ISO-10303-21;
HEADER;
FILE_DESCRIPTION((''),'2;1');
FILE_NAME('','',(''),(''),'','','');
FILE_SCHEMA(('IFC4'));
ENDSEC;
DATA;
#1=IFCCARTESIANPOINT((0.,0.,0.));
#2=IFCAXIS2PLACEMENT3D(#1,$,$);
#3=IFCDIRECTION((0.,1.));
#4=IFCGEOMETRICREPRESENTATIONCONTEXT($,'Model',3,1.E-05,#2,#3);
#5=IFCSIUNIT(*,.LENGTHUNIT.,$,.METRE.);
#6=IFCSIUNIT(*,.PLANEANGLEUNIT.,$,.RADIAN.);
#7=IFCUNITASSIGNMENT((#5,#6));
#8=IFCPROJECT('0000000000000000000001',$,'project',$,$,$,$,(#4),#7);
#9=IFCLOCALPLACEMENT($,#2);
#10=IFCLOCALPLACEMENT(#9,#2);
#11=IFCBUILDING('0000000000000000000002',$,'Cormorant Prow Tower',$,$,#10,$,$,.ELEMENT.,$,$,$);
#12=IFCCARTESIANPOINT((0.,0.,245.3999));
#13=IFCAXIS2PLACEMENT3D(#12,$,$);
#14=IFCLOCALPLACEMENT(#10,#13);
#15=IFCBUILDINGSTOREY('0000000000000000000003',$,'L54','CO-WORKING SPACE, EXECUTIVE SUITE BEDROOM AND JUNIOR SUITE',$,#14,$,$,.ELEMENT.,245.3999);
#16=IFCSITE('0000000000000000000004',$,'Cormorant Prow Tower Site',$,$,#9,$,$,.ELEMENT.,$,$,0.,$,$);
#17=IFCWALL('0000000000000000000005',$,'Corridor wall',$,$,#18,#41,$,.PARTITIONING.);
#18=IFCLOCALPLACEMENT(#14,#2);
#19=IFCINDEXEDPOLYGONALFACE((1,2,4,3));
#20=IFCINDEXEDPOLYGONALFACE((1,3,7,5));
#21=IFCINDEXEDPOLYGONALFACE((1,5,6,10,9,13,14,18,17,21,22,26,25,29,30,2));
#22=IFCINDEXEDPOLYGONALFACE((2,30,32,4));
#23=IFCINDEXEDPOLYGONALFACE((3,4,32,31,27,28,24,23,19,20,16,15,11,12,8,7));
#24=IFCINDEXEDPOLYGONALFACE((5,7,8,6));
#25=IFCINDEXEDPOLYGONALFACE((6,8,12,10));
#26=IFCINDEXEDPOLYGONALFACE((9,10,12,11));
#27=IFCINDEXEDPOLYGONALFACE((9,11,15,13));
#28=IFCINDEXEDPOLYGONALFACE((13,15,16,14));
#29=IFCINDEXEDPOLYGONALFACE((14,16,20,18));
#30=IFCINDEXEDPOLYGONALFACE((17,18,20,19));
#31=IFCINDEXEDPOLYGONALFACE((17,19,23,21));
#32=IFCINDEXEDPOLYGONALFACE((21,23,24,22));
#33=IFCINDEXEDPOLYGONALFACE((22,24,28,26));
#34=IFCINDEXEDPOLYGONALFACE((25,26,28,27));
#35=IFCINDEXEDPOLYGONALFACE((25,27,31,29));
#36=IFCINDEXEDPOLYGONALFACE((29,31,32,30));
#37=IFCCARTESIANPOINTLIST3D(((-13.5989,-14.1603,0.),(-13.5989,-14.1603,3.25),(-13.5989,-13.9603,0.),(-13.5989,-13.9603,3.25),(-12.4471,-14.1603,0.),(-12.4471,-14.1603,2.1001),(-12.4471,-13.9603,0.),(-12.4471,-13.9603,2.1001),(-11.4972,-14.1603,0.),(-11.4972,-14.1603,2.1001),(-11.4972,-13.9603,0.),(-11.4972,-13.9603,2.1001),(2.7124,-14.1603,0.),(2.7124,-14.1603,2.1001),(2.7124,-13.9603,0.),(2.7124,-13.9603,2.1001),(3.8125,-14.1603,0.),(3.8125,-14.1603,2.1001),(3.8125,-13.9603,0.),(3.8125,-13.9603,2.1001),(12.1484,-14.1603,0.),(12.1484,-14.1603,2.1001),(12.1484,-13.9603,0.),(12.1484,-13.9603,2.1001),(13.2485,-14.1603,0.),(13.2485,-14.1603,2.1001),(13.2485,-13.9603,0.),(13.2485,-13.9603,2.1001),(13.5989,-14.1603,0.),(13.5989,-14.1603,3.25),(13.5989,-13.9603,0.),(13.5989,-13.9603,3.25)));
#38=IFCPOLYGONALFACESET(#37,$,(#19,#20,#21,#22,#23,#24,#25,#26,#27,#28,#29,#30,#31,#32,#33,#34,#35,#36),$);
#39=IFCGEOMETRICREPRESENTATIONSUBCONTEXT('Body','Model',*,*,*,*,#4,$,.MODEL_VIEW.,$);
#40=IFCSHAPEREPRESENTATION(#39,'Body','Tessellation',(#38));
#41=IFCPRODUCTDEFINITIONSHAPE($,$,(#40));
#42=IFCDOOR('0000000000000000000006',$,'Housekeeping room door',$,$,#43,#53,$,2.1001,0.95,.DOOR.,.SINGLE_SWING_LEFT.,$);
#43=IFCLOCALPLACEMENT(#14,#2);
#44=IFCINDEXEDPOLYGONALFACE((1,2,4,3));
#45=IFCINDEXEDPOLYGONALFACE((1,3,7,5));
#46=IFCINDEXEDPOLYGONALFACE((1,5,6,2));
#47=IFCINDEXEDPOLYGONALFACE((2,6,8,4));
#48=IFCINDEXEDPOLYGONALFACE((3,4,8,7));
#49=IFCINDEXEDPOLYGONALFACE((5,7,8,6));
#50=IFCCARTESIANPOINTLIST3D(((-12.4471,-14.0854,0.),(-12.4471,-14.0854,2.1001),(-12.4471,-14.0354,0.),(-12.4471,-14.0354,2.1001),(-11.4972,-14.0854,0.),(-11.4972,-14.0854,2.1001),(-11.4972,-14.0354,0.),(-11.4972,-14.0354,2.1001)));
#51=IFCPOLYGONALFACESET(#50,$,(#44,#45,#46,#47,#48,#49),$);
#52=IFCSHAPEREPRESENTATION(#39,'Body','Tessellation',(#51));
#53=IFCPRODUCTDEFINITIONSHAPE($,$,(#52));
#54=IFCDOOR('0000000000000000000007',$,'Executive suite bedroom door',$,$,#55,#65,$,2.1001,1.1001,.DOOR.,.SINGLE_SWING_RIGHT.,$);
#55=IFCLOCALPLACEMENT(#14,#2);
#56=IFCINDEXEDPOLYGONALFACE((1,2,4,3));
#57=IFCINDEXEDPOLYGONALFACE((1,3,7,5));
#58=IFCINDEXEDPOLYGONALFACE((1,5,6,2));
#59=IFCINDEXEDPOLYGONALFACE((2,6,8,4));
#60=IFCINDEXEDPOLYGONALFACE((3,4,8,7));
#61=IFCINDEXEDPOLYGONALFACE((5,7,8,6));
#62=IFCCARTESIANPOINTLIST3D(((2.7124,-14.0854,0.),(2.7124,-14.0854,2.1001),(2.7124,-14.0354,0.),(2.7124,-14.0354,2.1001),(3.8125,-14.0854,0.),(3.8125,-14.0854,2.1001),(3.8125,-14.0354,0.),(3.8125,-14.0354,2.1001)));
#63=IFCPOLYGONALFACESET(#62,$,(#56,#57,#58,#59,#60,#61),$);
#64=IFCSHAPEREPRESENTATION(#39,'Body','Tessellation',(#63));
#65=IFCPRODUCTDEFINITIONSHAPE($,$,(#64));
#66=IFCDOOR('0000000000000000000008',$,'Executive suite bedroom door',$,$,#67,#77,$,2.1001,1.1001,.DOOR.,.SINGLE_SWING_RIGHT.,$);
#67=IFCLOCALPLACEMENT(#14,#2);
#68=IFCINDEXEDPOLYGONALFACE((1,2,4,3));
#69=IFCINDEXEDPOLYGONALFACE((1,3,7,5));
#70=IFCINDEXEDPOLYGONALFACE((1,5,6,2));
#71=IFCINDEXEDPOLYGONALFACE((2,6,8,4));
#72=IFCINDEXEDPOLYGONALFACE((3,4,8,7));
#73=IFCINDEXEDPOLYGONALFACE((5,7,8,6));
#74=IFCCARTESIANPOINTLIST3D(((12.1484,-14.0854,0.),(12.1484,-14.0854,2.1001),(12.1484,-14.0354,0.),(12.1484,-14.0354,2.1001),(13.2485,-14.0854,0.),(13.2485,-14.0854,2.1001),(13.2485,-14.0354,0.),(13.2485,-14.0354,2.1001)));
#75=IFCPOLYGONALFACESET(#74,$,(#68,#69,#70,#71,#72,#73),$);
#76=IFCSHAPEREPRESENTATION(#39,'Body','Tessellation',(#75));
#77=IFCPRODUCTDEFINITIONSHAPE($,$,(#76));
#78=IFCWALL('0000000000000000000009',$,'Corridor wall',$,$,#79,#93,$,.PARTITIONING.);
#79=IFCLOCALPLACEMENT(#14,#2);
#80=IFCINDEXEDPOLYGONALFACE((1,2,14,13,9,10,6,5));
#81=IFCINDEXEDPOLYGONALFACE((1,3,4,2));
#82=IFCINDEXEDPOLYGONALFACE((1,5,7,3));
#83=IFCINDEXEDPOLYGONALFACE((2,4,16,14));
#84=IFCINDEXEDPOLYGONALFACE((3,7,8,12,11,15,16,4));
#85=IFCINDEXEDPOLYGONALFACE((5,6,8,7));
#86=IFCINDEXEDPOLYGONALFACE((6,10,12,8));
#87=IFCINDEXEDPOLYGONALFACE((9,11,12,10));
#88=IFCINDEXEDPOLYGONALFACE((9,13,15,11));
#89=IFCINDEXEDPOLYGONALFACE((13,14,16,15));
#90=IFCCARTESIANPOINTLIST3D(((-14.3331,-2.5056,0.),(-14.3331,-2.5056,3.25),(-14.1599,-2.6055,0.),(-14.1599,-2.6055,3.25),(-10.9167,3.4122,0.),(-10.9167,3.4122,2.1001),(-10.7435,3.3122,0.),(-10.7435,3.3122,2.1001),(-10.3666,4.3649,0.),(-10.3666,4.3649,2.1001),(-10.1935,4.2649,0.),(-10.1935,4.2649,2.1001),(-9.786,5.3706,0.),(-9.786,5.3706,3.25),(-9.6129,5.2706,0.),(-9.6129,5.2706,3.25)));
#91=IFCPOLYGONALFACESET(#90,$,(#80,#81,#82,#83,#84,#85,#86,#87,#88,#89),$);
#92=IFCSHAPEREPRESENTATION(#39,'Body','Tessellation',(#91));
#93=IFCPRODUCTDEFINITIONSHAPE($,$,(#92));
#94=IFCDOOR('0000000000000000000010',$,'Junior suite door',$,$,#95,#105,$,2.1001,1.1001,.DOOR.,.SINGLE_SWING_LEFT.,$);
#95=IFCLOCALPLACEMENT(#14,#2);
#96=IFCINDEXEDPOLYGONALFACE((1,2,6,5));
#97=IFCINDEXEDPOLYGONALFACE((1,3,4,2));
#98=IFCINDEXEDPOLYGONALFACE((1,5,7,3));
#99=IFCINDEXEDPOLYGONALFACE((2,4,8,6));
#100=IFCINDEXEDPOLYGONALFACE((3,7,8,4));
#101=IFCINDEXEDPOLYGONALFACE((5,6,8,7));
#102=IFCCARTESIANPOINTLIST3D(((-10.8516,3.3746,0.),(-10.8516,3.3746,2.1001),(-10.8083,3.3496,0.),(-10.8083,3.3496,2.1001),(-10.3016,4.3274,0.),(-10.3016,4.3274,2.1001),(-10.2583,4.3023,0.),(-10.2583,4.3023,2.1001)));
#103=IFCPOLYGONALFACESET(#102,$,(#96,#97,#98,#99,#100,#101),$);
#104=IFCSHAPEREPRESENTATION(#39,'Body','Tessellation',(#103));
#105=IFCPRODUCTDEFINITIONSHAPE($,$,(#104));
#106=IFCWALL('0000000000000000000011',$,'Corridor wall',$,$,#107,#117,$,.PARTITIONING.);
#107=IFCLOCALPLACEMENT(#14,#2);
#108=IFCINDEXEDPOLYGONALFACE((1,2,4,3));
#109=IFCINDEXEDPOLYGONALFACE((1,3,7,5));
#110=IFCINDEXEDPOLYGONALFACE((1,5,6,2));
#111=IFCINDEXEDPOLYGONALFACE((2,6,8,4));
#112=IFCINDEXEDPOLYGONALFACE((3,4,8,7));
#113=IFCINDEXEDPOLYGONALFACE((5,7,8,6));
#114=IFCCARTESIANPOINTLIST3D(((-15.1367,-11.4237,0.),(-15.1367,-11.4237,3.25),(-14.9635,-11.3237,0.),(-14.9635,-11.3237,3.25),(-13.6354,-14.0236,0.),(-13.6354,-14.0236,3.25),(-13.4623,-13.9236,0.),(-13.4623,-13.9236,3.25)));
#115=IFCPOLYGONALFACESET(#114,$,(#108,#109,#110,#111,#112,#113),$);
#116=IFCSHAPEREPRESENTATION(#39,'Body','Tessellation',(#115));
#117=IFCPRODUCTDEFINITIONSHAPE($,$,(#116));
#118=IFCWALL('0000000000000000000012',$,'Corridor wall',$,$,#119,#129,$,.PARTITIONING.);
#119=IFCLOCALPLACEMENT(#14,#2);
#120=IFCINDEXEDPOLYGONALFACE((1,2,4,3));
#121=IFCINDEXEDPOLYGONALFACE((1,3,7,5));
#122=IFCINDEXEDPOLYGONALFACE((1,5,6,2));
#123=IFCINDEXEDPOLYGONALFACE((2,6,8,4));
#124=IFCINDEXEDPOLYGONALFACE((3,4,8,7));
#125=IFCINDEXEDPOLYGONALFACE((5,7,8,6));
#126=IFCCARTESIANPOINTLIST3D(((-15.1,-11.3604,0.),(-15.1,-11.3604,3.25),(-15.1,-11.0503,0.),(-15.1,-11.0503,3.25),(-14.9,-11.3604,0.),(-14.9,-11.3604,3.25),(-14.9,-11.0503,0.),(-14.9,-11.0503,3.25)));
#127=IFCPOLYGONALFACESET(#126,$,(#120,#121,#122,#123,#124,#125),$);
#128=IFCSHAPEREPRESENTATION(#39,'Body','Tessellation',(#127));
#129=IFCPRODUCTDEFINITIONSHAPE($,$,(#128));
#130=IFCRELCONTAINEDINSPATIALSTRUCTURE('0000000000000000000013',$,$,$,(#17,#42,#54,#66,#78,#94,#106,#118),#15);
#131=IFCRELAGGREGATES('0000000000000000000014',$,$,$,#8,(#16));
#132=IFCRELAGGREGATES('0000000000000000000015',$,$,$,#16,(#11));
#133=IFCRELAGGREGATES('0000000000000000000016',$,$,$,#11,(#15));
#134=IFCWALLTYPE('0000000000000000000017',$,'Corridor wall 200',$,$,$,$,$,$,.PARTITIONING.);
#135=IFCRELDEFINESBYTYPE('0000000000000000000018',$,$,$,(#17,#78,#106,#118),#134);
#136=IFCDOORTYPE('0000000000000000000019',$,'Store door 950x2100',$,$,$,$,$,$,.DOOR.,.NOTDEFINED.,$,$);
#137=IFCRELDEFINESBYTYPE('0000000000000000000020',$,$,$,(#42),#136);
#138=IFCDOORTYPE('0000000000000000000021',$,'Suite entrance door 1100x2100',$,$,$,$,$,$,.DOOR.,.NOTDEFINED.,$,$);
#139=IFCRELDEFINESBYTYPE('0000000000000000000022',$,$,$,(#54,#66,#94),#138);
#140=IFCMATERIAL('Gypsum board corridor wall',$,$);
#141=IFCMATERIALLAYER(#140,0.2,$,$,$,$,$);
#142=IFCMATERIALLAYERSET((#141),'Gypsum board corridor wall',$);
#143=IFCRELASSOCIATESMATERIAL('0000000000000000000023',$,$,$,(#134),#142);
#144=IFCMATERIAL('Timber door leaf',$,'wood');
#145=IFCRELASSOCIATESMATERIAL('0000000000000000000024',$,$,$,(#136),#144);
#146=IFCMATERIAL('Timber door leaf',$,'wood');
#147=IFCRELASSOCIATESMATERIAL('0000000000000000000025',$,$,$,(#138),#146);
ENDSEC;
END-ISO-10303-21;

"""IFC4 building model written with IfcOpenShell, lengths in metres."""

from ifc_helpers import new_model, si_unit, direction, frame, frame_2d, origin, place, context, subcontext, project, spatial, rectangle, extrude, material, layer, layer_set, type_object, element, fill, save


model = new_model("IFC4")

# Units and contexts
model_context = context("Model", 3, precision=1e-05, world=origin(), true_north=direction((0.0, 1.0)))
body_context = subcontext(model_context, "Body", "Model", "MODEL_VIEW")
ifc_project = project(units=[si_unit("LENGTHUNIT", "METRE"), si_unit("PLANEANGLEUNIT", "RADIAN")], contexts=[model_context])

# Site, building, storey
site_placement = place(None, origin())
site = spatial("IfcSite", under=ifc_project, at=site_placement, Name="Cormorant Prow Tower Site", CompositionType="ELEMENT", RefElevation=0.0)
building_placement = place(site_placement, origin())
building = spatial("IfcBuilding", under=site, at=building_placement, Name="Cormorant Prow Tower", CompositionType="ELEMENT")
storey_placement = place(building_placement, frame((0.0, 0.0, 245.3999)))
storey = spatial("IfcBuildingStorey", under=building, at=storey_placement, Name="L54", Description="CO-WORKING SPACE, EXECUTIVE SUITE BEDROOM AND JUNIOR SUITE", CompositionType="ELEMENT", Elevation=245.3999)

# Wall, openings, doors
ifc_material_1 = material(Name="Gypsum board corridor wall")
ifc_layer_1 = layer(ifc_material_1, 0.2)
ifc_layer_set_1 = layer_set([ifc_layer_1], Name="Gypsum board corridor wall")
wall_type_1 = type_object("IfcWallType", Name="Corridor wall 200", PredefinedType="PARTITIONING", material=ifc_layer_set_1)
wall_1_placement = place(storey_placement, frame((-13.5989, -14.0603, 0.0), z_axis=(0.0, 0.0, 1.0), x_axis=(1.0, 0.0, 0.0)))
wall_1 = element("IfcWall", 1, at=wall_1_placement, inside=storey, type_object=wall_type_1, Name="Corridor wall", PredefinedType="PARTITIONING", context=body_context, shape_type="SweptSolid", body=[
    extrude(rectangle(XDim=27.1978, YDim=0.2, at=frame_2d((13.5989, 0.0))), origin(), (0.0, 0.0, 1.0), 3.25),
])
opening_1_placement = place(wall_1_placement, frame((1.1516, 0.0, 0.0)))
opening_1 = element("IfcOpeningElement", 2, at=opening_1_placement, cuts=wall_1, PredefinedType="OPENING", context=body_context, shape_type="SweptSolid", body=[
    extrude(rectangle(XDim=0.95, YDim=2.1001, at=frame_2d((0.4751, 1.05))), frame((0.0, 0.1099, 0.0), z_axis=(0.0, -1.0, 0.0), x_axis=(1.0, 0.0, 0.0)), (0.0, 0.0, 1.0), 0.22),
])
opening_2_placement = place(wall_1_placement, frame((16.3113, 0.0, 0.0)))
opening_2 = element("IfcOpeningElement", 3, at=opening_2_placement, cuts=wall_1, PredefinedType="OPENING", context=body_context, shape_type="SweptSolid", body=[
    extrude(rectangle(XDim=1.1001, YDim=2.1001, at=frame_2d((0.55, 1.05))), frame((0.0, 0.1099, 0.0), z_axis=(0.0, -1.0, 0.0), x_axis=(1.0, 0.0, 0.0)), (0.0, 0.0, 1.0), 0.22),
])
opening_3_placement = place(wall_1_placement, frame((25.7473, 0.0, 0.0)))
opening_3 = element("IfcOpeningElement", 4, at=opening_3_placement, cuts=wall_1, PredefinedType="OPENING", context=body_context, shape_type="SweptSolid", body=[
    extrude(rectangle(XDim=1.1001, YDim=2.1001, at=frame_2d((0.55, 1.05))), frame((0.0, 0.1099, 0.0), z_axis=(0.0, -1.0, 0.0), x_axis=(1.0, 0.0, 0.0)), (0.0, 0.0, 1.0), 0.22),
])
ifc_material_2 = material(Name="Timber door leaf", Category="wood")
door_type_1 = type_object("IfcDoorType", Name="Store door 950x2100", OperationType="NOTDEFINED", PredefinedType="DOOR", material=ifc_material_2)
door_1_placement = place(opening_1_placement, origin())
door_1 = element("IfcDoor", 5, at=door_1_placement, inside=storey, type_object=door_type_1, Name="Housekeeping room door", OperationType="SINGLE_SWING_LEFT", OverallHeight=2.1001, OverallWidth=0.95, PredefinedType="DOOR", context=body_context, shape_type="SweptSolid", body=[
    extrude(rectangle(XDim=0.95, YDim=2.1001, at=frame_2d((0.4751, 1.05))), frame((0.0, 0.0249, 0.0), z_axis=(0.0, -1.0, 0.0), x_axis=(1.0, 0.0, 0.0)), (0.0, 0.0, 1.0), 0.05),
])
fill(opening_1, door_1)
ifc_material_3 = material(Name="Timber door leaf", Category="wood")
door_type_2 = type_object("IfcDoorType", Name="Suite entrance door 1100x2100", OperationType="NOTDEFINED", PredefinedType="DOOR", material=ifc_material_3)
door_2_placement = place(opening_2_placement, origin())
door_2 = element("IfcDoor", 6, at=door_2_placement, inside=storey, type_object=door_type_2, Name="Executive suite bedroom door", OperationType="SINGLE_SWING_RIGHT", OverallHeight=2.1001, OverallWidth=1.1001, PredefinedType="DOOR", context=body_context, shape_type="SweptSolid", body=[
    extrude(rectangle(XDim=1.1001, YDim=2.1001, at=frame_2d((0.55, 1.05))), frame((0.0, 0.0249, 0.0), z_axis=(0.0, -1.0, 0.0), x_axis=(1.0, 0.0, 0.0)), (0.0, 0.0, 1.0), 0.05),
])
fill(opening_2, door_2)
door_3_placement = place(opening_3_placement, origin())
door_3 = element("IfcDoor", 7, at=door_3_placement, inside=storey, type_object=door_type_2, Name="Executive suite bedroom door", OperationType="SINGLE_SWING_RIGHT", OverallHeight=2.1001, OverallWidth=1.1001, PredefinedType="DOOR", context=body_context, shape_type="SweptSolid", body=[
    extrude(rectangle(XDim=1.1001, YDim=2.1001, at=frame_2d((0.55, 1.05))), frame((0.0, 0.0249, 0.0), z_axis=(0.0, -1.0, 0.0), x_axis=(1.0, 0.0, 0.0)), (0.0, 0.0, 1.0), 0.05),
])
fill(opening_3, door_3)

# Wall, opening, door
wall_2_placement = place(storey_placement, frame((-14.2466, -2.5557, 0.0), z_axis=(0.0, 0.0, 1.0), x_axis=(0.499982, 0.866036, 0.0)))
wall_2 = element("IfcWall", 8, at=wall_2_placement, inside=storey, type_object=wall_type_1, Name="Corridor wall", PredefinedType="PARTITIONING", context=body_context, shape_type="SweptSolid", body=[
    extrude(rectangle(XDim=9.0945, YDim=0.2, at=frame_2d((4.5474, 0.0))), origin(), (0.0, 0.0, 1.0), 3.25),
])
opening_4_placement = place(wall_2_placement, frame((6.8333, 0.0, 0.0)))
opening_4 = element("IfcOpeningElement", 9, at=opening_4_placement, cuts=wall_2, PredefinedType="OPENING", context=body_context, shape_type="SweptSolid", body=[
    extrude(rectangle(XDim=1.1001, YDim=2.1001, at=frame_2d((0.55, 1.05))), frame((0.0, 0.1099, 0.0), z_axis=(0.0, -1.0, 0.0), x_axis=(1.0, 0.0, 0.0)), (0.0, 0.0, 1.0), 0.22),
])
door_4_placement = place(opening_4_placement, origin())
door_4 = element("IfcDoor", 10, at=door_4_placement, inside=storey, type_object=door_type_2, Name="Junior suite door", OperationType="SINGLE_SWING_LEFT", OverallHeight=2.1001, OverallWidth=1.1001, PredefinedType="DOOR", context=body_context, shape_type="SweptSolid", body=[
    extrude(rectangle(XDim=1.1001, YDim=2.1001, at=frame_2d((0.55, 1.05))), frame((0.0, 0.0249, 0.0), z_axis=(0.0, -1.0, 0.0), x_axis=(1.0, 0.0, 0.0)), (0.0, 0.0, 1.0), 0.05),
])
fill(opening_4, door_4)

# Walls
wall_3_placement = place(storey_placement, frame((-15.05, -11.3738, 0.0), z_axis=(0.0, 0.0, 1.0), x_axis=(0.500049, -0.865997, 0.0)))
element("IfcWall", 11, at=wall_3_placement, inside=storey, type_object=wall_type_1, Name="Corridor wall", PredefinedType="PARTITIONING", context=body_context, shape_type="SweptSolid", body=[
    extrude(rectangle(XDim=3.0022, YDim=0.2, at=frame_2d((1.501, 0.0))), origin(), (0.0, 0.0, 1.0), 3.25),
])
wall_4_placement = place(storey_placement, frame((-15.0, -11.3604, 0.0), z_axis=(0.0, 0.0, 1.0), x_axis=(0.0, 1.0, 0.0)))
element("IfcWall", 12, at=wall_4_placement, inside=storey, type_object=wall_type_1, Name="Corridor wall", PredefinedType="PARTITIONING", context=body_context, shape_type="SweptSolid", body=[
    extrude(rectangle(XDim=0.3101, YDim=0.2, at=frame_2d((0.155, 0.0))), origin(), (0.0, 0.0, 1.0), 3.25),
])

save(model, "model.ifc")
